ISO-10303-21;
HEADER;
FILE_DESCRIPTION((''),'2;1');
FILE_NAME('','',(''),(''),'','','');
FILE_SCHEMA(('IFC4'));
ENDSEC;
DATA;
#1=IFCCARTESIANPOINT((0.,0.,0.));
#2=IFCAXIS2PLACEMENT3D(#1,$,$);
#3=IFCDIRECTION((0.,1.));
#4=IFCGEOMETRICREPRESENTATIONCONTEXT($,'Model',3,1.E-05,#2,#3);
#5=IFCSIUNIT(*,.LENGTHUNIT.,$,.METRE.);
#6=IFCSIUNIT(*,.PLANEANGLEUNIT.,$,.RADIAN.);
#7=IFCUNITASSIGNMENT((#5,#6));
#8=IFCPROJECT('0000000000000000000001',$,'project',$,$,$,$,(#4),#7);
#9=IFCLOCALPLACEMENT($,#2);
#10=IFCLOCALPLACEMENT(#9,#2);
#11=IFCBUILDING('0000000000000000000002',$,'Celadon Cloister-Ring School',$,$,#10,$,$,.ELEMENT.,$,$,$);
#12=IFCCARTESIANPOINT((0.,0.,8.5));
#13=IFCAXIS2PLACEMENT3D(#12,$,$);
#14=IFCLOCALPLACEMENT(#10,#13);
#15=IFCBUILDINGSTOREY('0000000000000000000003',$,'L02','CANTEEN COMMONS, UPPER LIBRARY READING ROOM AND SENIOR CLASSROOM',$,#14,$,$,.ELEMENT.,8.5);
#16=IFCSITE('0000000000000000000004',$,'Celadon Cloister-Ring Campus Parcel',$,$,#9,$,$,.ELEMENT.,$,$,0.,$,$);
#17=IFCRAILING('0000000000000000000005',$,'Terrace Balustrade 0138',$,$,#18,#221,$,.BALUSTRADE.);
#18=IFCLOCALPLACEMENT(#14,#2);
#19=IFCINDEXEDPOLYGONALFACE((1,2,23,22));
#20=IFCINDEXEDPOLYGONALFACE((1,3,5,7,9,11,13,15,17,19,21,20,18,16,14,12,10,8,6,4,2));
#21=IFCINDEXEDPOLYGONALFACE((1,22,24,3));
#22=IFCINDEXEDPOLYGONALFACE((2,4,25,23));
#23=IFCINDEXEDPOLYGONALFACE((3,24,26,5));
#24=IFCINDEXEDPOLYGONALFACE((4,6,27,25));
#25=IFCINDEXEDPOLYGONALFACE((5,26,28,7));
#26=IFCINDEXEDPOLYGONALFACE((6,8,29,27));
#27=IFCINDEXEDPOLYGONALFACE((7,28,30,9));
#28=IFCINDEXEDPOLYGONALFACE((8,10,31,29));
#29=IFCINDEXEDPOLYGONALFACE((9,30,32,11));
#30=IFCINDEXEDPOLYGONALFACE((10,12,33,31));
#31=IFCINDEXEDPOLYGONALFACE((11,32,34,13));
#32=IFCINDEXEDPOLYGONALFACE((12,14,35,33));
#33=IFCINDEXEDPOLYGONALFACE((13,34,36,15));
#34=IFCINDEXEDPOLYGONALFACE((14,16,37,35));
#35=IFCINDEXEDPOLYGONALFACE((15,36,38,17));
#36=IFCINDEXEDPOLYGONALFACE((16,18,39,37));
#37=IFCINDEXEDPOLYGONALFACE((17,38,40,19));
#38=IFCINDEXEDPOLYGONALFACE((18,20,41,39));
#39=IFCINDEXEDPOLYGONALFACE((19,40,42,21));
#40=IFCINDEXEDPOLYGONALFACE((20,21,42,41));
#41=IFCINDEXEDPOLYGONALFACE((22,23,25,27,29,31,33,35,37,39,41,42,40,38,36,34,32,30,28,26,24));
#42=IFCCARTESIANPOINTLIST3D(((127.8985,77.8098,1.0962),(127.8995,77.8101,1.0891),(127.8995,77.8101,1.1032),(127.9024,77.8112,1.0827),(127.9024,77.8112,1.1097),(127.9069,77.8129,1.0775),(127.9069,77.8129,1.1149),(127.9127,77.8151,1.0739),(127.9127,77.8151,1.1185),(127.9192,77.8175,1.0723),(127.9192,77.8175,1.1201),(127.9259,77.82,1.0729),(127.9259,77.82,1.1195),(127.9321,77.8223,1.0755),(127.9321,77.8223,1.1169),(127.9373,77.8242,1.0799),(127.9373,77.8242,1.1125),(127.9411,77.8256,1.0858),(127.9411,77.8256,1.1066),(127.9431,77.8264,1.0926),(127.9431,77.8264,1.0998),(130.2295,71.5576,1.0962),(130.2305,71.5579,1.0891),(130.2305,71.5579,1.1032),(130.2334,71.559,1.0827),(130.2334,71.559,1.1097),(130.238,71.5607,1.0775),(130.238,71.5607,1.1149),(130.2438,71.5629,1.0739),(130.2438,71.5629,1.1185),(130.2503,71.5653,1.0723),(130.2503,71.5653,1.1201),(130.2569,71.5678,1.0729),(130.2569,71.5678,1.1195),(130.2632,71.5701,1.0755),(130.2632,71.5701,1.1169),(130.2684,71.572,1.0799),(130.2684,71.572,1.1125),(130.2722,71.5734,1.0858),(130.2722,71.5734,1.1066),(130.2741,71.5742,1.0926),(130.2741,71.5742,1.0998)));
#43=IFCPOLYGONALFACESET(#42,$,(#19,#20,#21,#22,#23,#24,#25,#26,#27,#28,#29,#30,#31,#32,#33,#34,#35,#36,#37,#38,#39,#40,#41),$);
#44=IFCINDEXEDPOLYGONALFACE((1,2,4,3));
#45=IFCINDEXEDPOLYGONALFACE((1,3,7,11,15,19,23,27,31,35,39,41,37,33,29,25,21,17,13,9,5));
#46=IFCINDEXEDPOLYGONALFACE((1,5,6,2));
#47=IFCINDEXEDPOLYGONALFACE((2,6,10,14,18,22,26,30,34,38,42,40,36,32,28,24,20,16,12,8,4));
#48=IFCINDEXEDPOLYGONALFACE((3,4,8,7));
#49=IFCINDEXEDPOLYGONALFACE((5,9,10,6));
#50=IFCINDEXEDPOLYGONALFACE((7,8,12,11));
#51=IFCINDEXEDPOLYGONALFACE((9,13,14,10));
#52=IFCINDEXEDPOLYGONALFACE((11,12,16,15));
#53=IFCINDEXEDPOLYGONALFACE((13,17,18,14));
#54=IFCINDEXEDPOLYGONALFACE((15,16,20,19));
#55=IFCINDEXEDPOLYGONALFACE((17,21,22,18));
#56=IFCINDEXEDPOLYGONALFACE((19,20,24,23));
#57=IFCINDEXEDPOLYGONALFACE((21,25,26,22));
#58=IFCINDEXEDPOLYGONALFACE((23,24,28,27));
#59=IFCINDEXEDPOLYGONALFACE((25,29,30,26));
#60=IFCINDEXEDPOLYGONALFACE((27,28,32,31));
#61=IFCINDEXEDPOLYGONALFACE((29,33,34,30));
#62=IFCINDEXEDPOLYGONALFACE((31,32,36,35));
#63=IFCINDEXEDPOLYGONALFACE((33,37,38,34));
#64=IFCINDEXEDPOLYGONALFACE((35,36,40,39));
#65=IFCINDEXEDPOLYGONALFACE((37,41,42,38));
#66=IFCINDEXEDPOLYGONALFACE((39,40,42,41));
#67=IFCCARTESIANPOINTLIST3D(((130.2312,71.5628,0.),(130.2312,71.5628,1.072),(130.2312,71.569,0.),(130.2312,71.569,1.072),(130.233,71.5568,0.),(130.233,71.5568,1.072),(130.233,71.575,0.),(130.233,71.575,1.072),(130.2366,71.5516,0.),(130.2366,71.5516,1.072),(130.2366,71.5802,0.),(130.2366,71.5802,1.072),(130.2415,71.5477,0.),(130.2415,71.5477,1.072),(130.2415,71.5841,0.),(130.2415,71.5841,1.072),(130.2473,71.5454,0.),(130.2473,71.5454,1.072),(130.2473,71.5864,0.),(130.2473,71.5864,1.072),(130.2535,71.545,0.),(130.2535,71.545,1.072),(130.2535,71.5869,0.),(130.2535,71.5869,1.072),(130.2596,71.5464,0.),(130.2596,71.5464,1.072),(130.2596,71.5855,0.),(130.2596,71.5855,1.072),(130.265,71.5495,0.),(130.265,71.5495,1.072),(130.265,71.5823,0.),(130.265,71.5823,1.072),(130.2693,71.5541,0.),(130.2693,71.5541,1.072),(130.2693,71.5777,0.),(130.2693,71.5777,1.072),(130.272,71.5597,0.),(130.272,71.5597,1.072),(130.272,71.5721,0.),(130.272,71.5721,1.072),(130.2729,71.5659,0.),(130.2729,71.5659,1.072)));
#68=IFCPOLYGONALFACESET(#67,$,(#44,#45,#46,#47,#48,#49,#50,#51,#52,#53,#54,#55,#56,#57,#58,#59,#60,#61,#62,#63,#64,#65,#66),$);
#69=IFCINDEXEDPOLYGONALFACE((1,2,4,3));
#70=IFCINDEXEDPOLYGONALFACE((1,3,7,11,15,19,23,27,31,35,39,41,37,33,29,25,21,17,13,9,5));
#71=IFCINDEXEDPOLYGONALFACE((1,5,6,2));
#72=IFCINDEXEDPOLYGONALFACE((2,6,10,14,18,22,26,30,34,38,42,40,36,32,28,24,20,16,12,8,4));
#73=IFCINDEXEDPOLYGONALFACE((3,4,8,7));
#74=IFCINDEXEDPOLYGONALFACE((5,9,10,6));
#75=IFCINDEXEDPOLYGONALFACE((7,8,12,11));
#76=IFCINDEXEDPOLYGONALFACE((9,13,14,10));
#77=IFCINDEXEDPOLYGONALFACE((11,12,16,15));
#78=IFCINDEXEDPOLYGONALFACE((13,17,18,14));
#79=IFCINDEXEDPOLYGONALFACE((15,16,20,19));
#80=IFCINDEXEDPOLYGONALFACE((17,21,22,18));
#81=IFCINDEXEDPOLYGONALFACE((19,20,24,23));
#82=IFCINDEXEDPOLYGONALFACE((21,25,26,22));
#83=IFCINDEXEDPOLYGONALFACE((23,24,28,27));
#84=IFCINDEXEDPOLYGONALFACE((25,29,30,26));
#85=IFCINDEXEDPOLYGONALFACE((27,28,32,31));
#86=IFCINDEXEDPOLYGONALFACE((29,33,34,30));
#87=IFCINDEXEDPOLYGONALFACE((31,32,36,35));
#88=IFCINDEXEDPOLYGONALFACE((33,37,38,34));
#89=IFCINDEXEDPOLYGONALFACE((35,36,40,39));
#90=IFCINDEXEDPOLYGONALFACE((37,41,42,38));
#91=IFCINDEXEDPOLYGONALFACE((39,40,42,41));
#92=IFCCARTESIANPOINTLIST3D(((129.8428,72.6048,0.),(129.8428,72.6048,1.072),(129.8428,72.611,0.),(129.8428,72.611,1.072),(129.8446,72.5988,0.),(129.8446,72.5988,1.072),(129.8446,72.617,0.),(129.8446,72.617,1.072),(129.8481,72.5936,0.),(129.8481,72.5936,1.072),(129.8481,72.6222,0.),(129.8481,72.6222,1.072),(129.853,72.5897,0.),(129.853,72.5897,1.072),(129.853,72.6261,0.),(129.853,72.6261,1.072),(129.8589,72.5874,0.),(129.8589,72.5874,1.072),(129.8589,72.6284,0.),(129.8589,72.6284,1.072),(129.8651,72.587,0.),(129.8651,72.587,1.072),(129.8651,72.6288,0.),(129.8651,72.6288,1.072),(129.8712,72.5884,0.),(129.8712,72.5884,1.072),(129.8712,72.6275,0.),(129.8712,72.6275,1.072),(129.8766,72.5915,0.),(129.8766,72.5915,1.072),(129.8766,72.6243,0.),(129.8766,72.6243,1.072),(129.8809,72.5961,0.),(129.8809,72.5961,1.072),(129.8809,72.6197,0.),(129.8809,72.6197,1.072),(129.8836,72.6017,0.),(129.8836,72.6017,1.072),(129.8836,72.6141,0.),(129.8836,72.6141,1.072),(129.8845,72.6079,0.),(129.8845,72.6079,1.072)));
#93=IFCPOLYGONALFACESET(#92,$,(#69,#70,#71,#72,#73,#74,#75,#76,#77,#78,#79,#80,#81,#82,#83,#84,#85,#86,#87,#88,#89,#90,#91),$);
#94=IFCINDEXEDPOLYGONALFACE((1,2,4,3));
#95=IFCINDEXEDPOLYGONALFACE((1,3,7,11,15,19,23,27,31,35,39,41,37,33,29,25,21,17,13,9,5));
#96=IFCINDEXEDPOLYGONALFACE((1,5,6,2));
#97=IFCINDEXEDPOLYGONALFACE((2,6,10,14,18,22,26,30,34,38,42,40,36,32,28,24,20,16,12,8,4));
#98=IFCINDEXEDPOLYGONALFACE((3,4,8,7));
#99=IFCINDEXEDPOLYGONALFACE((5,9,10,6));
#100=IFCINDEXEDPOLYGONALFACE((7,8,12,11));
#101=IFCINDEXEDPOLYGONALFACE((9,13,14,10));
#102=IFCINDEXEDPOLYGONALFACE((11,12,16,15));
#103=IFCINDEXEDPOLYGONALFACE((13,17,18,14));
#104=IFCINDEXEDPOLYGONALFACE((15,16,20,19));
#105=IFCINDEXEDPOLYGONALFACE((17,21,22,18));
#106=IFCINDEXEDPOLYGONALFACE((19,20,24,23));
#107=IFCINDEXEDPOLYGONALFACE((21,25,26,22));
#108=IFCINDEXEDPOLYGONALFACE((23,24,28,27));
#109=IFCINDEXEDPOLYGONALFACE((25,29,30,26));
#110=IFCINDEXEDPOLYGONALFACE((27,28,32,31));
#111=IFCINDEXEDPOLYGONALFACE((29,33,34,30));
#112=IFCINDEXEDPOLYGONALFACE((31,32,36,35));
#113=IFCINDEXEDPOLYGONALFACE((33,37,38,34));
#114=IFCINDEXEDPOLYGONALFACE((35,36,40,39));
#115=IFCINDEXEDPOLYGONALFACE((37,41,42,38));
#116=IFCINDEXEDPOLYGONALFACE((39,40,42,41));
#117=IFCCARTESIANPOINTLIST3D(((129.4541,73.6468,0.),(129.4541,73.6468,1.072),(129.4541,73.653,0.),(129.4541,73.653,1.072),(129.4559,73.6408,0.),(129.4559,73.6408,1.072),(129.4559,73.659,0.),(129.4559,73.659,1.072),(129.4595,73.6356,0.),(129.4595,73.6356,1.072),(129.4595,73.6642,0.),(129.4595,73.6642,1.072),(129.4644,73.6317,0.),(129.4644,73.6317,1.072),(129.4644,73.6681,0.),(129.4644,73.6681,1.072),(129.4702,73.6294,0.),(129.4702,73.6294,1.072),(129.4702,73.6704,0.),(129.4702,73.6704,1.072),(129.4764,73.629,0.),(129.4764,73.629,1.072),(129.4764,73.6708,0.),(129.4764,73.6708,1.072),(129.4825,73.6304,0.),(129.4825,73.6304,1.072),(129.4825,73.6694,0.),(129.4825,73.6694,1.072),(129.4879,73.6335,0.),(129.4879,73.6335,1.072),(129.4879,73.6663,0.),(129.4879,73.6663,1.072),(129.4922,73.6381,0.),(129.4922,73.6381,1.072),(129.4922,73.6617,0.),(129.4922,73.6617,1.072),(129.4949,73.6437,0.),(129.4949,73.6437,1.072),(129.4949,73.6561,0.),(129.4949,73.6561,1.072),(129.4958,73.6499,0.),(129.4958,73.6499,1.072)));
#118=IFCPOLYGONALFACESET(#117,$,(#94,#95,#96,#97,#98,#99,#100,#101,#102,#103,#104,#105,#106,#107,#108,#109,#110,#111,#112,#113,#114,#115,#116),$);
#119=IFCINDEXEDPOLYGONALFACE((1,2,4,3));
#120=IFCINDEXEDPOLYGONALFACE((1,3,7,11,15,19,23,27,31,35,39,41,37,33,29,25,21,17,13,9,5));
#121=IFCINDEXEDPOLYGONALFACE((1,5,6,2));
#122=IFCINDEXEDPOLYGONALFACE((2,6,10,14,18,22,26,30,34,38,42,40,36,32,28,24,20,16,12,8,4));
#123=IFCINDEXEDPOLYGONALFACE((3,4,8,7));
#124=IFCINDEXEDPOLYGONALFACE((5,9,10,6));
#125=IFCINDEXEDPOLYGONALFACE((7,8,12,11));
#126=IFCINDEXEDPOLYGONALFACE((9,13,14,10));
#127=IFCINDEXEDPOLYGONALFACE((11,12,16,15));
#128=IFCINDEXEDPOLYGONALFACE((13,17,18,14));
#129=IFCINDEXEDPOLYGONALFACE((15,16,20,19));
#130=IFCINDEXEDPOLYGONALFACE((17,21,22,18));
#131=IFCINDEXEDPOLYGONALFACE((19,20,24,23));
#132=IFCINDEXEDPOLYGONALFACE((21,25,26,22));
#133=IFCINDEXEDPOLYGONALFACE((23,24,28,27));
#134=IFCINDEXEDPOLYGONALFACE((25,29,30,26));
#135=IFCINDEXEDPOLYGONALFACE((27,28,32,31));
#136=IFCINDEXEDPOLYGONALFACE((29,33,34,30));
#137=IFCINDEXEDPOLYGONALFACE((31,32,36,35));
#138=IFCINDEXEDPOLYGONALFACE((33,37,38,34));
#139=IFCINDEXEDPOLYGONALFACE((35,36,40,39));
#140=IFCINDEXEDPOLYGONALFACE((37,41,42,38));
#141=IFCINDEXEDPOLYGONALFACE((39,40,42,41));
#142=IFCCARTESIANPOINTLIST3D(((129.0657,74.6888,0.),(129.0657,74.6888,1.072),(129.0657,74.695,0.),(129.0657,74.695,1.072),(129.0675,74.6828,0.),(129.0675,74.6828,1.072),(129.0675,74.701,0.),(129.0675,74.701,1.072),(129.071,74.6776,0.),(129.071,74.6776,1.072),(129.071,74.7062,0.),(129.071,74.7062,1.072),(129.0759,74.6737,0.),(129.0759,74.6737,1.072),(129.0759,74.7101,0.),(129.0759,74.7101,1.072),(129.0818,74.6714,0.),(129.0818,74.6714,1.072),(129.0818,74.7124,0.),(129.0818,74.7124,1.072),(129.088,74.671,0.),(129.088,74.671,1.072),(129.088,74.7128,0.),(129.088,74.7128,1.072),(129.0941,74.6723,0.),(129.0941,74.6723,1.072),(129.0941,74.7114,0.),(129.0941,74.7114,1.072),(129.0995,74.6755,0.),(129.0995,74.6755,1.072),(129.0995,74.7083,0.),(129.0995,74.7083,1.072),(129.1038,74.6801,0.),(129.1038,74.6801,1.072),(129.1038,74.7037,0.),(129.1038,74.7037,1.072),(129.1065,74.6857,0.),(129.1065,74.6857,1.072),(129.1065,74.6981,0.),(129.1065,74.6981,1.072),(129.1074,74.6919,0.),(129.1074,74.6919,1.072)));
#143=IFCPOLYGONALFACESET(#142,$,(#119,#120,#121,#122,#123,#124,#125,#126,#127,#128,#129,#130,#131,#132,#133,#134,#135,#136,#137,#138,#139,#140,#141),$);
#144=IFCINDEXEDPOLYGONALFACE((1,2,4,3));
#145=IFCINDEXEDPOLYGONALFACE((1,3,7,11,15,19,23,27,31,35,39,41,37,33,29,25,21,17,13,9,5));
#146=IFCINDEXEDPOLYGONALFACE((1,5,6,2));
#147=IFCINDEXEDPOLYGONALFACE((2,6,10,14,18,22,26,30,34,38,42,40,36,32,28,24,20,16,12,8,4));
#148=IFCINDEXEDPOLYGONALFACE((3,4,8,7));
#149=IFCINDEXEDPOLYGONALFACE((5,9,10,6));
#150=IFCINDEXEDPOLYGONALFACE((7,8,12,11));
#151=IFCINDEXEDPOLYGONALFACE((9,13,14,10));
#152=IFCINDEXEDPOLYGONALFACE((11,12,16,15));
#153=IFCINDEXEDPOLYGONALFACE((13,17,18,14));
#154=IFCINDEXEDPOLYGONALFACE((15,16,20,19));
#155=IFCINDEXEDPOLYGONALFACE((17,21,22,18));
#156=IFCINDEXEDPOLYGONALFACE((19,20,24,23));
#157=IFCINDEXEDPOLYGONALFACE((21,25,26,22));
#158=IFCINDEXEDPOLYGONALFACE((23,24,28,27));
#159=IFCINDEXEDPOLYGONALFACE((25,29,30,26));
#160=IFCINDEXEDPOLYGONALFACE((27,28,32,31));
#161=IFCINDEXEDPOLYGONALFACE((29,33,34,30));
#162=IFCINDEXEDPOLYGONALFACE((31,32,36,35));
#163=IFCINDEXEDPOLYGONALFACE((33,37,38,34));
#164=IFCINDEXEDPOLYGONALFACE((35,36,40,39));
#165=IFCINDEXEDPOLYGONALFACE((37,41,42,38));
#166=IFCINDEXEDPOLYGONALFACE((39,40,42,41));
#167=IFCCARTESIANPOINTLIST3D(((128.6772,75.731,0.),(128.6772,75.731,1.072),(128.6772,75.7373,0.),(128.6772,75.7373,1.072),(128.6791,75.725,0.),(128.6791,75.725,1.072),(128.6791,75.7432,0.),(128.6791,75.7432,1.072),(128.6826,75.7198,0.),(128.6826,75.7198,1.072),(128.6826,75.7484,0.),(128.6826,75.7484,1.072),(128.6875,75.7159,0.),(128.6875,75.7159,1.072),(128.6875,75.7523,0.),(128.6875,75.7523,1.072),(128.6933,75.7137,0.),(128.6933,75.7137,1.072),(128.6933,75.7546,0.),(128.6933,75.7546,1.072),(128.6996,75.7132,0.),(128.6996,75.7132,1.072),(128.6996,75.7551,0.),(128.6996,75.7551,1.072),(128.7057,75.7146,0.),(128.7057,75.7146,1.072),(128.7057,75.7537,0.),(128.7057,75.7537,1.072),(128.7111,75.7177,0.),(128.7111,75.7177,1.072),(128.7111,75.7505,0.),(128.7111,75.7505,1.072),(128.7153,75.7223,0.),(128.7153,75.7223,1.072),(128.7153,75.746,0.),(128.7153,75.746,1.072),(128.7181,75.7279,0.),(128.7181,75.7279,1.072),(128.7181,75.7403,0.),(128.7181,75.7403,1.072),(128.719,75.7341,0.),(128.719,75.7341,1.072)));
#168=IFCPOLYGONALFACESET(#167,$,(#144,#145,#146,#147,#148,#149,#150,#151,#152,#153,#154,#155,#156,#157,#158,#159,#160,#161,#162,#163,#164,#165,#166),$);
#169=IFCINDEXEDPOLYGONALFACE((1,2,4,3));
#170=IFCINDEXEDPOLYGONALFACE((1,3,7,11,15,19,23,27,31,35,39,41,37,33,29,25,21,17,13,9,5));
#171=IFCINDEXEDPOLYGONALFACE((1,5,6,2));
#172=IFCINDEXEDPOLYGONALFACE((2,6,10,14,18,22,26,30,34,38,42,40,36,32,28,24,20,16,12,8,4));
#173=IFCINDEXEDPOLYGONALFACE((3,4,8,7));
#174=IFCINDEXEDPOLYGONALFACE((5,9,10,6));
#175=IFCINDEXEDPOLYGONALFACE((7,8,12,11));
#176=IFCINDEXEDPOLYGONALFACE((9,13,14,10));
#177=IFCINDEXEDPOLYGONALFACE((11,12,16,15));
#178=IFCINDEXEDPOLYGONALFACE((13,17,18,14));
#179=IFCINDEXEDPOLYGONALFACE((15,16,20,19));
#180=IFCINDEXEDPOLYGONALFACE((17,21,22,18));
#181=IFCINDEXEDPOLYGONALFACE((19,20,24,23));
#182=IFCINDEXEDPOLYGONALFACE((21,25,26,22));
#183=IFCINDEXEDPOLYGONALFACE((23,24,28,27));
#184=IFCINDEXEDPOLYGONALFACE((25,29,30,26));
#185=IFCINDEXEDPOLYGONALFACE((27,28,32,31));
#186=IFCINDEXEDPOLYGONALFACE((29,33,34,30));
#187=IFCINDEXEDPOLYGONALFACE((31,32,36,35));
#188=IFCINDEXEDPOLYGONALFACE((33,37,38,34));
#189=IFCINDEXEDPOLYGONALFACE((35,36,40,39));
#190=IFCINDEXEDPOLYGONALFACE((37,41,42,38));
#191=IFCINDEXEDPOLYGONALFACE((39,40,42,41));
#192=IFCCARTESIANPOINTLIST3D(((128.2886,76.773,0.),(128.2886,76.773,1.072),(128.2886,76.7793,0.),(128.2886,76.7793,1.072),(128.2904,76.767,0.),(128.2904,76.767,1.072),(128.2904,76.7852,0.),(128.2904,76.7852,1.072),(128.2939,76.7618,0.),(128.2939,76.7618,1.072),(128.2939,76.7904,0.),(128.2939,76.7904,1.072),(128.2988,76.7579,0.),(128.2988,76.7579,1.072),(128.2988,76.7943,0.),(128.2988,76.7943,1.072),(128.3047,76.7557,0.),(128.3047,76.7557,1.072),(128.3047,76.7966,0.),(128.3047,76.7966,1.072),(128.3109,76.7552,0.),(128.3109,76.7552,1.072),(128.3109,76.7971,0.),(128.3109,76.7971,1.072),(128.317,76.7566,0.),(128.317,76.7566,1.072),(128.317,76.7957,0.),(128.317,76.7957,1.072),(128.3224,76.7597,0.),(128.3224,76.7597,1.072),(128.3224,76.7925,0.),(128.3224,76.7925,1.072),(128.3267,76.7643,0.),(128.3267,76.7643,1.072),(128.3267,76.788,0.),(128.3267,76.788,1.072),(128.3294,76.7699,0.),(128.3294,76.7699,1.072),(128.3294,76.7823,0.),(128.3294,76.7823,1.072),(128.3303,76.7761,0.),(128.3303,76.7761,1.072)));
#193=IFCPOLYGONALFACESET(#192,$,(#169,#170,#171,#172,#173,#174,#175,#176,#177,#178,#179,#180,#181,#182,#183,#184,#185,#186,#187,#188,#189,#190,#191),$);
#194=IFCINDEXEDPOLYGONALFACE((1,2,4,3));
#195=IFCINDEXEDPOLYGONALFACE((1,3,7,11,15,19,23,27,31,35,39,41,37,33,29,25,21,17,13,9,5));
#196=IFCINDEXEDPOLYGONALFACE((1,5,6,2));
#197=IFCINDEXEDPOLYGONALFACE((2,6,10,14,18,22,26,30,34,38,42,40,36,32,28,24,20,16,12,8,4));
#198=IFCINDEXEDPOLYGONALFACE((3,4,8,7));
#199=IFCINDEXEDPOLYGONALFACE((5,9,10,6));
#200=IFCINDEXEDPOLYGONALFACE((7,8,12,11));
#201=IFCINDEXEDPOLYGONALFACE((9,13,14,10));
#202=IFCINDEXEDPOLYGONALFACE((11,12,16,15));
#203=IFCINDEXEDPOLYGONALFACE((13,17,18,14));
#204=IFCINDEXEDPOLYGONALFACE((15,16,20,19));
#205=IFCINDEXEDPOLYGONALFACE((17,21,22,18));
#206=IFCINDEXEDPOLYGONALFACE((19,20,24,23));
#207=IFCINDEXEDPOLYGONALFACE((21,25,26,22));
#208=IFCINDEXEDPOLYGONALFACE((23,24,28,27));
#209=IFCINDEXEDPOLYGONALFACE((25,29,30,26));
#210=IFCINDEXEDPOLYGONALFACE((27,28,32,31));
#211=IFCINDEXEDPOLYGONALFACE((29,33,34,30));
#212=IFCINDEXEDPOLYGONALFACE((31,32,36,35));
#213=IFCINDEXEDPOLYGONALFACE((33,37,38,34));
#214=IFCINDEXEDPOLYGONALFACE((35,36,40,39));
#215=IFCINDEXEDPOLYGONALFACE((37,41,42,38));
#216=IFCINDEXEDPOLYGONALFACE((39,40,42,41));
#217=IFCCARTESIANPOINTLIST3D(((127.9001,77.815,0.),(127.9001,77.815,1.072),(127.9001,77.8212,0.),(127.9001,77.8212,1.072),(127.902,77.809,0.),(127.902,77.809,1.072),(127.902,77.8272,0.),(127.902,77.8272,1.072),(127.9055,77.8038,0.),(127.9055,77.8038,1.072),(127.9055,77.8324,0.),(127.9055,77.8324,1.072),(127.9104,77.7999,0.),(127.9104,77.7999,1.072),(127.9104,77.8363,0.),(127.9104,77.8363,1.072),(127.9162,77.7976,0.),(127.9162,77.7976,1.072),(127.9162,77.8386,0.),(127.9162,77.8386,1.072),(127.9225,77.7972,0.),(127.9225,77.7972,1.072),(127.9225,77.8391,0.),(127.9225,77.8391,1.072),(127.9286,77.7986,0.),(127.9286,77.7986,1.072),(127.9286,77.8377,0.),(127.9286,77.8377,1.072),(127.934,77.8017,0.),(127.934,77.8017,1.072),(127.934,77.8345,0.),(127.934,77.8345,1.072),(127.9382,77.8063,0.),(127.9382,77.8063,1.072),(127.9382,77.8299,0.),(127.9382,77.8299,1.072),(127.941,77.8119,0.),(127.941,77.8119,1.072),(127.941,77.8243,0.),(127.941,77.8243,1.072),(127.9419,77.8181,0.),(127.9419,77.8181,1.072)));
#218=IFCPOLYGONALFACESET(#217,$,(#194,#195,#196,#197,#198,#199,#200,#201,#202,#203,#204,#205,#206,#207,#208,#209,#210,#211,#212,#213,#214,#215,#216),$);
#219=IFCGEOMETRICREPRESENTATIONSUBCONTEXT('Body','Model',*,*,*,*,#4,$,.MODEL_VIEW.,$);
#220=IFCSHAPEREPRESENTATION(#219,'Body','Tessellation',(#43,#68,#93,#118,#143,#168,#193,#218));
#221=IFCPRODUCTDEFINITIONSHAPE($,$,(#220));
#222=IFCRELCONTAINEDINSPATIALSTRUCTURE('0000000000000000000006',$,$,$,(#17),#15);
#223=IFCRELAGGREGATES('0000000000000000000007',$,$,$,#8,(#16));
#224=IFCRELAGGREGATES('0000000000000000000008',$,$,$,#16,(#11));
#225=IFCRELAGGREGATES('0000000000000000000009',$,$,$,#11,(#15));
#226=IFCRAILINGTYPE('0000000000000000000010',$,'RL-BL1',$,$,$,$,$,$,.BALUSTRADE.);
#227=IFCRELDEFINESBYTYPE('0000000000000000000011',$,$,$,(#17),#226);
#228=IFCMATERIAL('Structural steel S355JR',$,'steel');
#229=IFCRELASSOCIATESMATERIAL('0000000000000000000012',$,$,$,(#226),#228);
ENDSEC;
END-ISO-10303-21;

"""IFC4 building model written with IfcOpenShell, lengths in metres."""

from ifc_helpers import new_model, si_unit, direction, frame, origin, origin_2d, place, context, subcontext, project, spatial, circle, extrude, material, type_object, element, save


model = new_model("IFC4")

# Units and contexts
model_context = context("Model", 3, precision=1e-05, world=origin(), true_north=direction((0.0, 1.0)))
body_context = subcontext(model_context, "Body", "Model", "MODEL_VIEW")
ifc_project = project(units=[si_unit("LENGTHUNIT", "METRE"), si_unit("PLANEANGLEUNIT", "RADIAN")], contexts=[model_context])

# Site, building, storey
site_placement = place(None, origin())
site = spatial("IfcSite", under=ifc_project, at=site_placement, Name="Celadon Cloister-Ring Campus Parcel", CompositionType="ELEMENT", RefElevation=0.0)
building_placement = place(site_placement, origin())
building = spatial("IfcBuilding", under=site, at=building_placement, Name="Celadon Cloister-Ring School", CompositionType="ELEMENT")
storey_placement = place(building_placement, frame((0.0, 0.0, 8.5)))
storey = spatial("IfcBuildingStorey", under=building, at=storey_placement, Name="L02", Description="CANTEEN COMMONS, UPPER LIBRARY READING ROOM AND SENIOR CLASSROOM", CompositionType="ELEMENT", Elevation=8.5)

# Railing
ifc_material_1 = material(Name="Structural steel S355JR", Category="steel")
railing_type = type_object("IfcRailingType", Name="RL-BL1", PredefinedType="BALUSTRADE", material=ifc_material_1)
railing_1_placement = place(storey_placement, frame((130.252, 71.5659, 0.0)))
element("IfcRailing", 1, at=railing_1_placement, inside=storey, type_object=railing_type, Name="Terrace Balustrade 0138", PredefinedType="BALUSTRADE", context=body_context, shape_type="SweptSolid", body=[
    extrude(circle(Radius=0.0239, at=origin_2d()), frame((0.0, 0.0, 1.0962), z_axis=(-0.349347, 0.936994, 0.0), x_axis=(-0.936994, -0.349347, 0.0)), (0.0, 0.0, 1.0), 6.6726),
    extrude(circle(Radius=0.021, at=origin_2d()), origin(), (0.0, 0.0, 1.0), 1.072),
    extrude(circle(Radius=0.021, at=origin_2d()), frame((-0.3884, 1.042, 0.0)), (0.0, 0.0, 1.0), 1.072),
    extrude(circle(Radius=0.021, at=origin_2d()), frame((-0.7771, 2.084, 0.0)), (0.0, 0.0, 1.0), 1.072),
    extrude(circle(Radius=0.021, at=origin_2d()), frame((-1.1655, 3.126, 0.0)), (0.0, 0.0, 1.0), 1.072),
    extrude(circle(Radius=0.021, at=origin_2d()), frame((-1.554, 4.1682, 0.0)), (0.0, 0.0, 1.0), 1.072),
    extrude(circle(Radius=0.021, at=origin_2d()), frame((-1.9426, 5.2102, 0.0)), (0.0, 0.0, 1.0), 1.072),
    extrude(circle(Radius=0.021, at=origin_2d()), frame((-2.3311, 6.2522, 0.0)), (0.0, 0.0, 1.0), 1.072),
])

save(model, "model.ifc")
